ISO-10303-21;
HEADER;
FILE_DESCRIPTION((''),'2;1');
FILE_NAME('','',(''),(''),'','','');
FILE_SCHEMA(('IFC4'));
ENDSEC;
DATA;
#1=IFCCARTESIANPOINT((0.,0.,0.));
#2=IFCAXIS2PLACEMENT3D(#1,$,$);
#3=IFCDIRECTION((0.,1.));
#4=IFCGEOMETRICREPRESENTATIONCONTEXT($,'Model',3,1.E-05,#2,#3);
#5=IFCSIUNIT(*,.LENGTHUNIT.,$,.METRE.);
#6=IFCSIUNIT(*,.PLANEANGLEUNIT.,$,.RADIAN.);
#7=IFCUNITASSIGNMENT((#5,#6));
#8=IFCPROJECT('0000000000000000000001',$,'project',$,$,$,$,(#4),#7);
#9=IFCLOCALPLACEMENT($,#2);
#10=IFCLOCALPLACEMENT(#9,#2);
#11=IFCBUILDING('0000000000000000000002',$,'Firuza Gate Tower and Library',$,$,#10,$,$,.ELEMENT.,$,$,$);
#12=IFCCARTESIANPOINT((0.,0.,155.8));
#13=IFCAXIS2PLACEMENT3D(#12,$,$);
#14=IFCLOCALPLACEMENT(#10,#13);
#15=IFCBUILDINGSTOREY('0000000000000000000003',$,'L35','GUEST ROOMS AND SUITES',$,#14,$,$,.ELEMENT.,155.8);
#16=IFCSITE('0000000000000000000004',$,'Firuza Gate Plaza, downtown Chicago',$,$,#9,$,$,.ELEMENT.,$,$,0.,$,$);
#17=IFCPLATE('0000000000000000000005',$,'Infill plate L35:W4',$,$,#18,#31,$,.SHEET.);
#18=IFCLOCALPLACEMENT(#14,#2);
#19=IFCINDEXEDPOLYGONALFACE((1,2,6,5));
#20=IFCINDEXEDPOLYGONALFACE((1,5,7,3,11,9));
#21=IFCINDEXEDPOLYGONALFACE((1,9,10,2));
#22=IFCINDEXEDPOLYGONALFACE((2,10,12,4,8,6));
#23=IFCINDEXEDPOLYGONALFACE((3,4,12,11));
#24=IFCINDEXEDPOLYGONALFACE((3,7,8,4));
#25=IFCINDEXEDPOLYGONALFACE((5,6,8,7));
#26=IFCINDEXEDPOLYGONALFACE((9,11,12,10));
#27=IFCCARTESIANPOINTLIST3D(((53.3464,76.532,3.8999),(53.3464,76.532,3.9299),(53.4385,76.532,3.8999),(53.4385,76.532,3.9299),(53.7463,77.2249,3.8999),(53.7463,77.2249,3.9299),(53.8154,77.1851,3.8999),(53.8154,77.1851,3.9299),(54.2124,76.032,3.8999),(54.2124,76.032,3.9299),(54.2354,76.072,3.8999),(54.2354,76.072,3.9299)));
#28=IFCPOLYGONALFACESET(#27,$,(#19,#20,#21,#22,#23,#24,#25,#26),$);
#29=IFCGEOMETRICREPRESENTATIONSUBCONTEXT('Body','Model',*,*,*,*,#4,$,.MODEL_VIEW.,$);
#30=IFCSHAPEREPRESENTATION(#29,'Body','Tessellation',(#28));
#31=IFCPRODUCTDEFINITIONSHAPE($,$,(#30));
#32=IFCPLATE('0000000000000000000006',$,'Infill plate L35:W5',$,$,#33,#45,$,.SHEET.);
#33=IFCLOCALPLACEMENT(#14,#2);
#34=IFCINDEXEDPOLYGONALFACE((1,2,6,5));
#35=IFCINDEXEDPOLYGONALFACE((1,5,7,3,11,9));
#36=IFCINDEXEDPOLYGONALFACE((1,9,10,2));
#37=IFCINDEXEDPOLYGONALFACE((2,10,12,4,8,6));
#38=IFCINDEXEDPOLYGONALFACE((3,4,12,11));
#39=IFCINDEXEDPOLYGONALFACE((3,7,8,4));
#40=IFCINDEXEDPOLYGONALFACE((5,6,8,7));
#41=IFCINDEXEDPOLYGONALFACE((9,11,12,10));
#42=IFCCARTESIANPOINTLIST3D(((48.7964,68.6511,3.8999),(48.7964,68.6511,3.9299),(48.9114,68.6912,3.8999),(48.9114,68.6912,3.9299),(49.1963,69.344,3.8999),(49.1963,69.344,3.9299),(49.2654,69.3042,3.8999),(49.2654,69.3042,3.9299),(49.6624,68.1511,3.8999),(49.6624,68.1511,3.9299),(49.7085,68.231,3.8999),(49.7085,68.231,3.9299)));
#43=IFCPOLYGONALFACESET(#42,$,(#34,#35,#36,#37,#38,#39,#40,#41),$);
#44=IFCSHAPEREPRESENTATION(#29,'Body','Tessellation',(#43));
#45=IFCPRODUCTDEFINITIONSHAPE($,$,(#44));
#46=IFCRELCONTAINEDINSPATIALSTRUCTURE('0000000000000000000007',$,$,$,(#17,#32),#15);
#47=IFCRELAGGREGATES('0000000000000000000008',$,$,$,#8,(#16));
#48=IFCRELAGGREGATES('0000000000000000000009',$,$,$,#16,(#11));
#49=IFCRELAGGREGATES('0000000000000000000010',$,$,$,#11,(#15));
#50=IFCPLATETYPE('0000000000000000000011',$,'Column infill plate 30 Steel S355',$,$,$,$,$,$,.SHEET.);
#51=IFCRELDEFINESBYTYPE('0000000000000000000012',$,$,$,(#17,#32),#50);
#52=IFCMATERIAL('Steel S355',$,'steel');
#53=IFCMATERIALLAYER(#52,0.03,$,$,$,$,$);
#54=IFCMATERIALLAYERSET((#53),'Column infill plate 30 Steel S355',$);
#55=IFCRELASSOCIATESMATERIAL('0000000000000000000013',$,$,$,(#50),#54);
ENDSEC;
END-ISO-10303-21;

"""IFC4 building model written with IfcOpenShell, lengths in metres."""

from ifc_helpers import new_model, si_unit, direction, frame, origin, place, context, subcontext, project, spatial, polyline, outline, extrude, material, layer, layer_set, type_object, element, save


model = new_model("IFC4")

# Units and contexts
model_context = context("Model", 3, precision=1e-05, world=origin(), true_north=direction((0.0, 1.0)))
body_context = subcontext(model_context, "Body", "Model", "MODEL_VIEW")
ifc_project = project(units=[si_unit("LENGTHUNIT", "METRE"), si_unit("PLANEANGLEUNIT", "RADIAN")], contexts=[model_context])

# Site, building, storey
site_placement = place(None, origin())
site = spatial("IfcSite", under=ifc_project, at=site_placement, Name="Firuza Gate Plaza, downtown Chicago", CompositionType="ELEMENT", RefElevation=0.0)
building_placement = place(site_placement, origin())
building = spatial("IfcBuilding", under=site, at=building_placement, Name="Firuza Gate Tower and Library", CompositionType="ELEMENT")
storey_placement = place(building_placement, frame((0.0, 0.0, 155.8)))
storey = spatial("IfcBuildingStorey", under=building, at=storey_placement, Name="L35", Description="GUEST ROOMS AND SUITES", CompositionType="ELEMENT", Elevation=155.8)

# Plates
ifc_material_1 = material(Name="Steel S355", Category="steel")
ifc_layer_1 = layer(ifc_material_1, 0.03)
ifc_layer_set_1 = layer_set([ifc_layer_1], Name="Column infill plate 30 Steel S355")
plate_type_1 = type_object("IfcPlateType", Name="Column infill plate 30 Steel S355", PredefinedType="SHEET", material=ifc_layer_set_1)
placement_1 = place(storey_placement, frame((0.0, 0.0, 3.8999)))
element("IfcPlate", 1, at=placement_1, inside=storey, type_object=plate_type_1, Name="Infill plate L35:W4", PredefinedType="SHEET", context=body_context, shape_type="SweptSolid", body=[
    extrude(outline(polyline([(54.2124, 76.032), (54.2354, 76.072), (53.4385, 76.532), (53.8154, 77.1851), (53.7463, 77.2249), (53.3464, 76.532), (54.2124, 76.032)])), origin(), (0.0, 0.0, 1.0), 0.03),
])
element("IfcPlate", 2, at=placement_1, inside=storey, type_object=plate_type_1, Name="Infill plate L35:W5", PredefinedType="SHEET", context=body_context, shape_type="SweptSolid", body=[
    extrude(outline(polyline([(49.6624, 68.1511), (49.7085, 68.231), (48.9114, 68.6912), (49.2654, 69.3042), (49.1963, 69.344), (48.7964, 68.6511), (49.6624, 68.1511)])), origin(), (0.0, 0.0, 1.0), 0.03),
])

save(model, "model.ifc")
